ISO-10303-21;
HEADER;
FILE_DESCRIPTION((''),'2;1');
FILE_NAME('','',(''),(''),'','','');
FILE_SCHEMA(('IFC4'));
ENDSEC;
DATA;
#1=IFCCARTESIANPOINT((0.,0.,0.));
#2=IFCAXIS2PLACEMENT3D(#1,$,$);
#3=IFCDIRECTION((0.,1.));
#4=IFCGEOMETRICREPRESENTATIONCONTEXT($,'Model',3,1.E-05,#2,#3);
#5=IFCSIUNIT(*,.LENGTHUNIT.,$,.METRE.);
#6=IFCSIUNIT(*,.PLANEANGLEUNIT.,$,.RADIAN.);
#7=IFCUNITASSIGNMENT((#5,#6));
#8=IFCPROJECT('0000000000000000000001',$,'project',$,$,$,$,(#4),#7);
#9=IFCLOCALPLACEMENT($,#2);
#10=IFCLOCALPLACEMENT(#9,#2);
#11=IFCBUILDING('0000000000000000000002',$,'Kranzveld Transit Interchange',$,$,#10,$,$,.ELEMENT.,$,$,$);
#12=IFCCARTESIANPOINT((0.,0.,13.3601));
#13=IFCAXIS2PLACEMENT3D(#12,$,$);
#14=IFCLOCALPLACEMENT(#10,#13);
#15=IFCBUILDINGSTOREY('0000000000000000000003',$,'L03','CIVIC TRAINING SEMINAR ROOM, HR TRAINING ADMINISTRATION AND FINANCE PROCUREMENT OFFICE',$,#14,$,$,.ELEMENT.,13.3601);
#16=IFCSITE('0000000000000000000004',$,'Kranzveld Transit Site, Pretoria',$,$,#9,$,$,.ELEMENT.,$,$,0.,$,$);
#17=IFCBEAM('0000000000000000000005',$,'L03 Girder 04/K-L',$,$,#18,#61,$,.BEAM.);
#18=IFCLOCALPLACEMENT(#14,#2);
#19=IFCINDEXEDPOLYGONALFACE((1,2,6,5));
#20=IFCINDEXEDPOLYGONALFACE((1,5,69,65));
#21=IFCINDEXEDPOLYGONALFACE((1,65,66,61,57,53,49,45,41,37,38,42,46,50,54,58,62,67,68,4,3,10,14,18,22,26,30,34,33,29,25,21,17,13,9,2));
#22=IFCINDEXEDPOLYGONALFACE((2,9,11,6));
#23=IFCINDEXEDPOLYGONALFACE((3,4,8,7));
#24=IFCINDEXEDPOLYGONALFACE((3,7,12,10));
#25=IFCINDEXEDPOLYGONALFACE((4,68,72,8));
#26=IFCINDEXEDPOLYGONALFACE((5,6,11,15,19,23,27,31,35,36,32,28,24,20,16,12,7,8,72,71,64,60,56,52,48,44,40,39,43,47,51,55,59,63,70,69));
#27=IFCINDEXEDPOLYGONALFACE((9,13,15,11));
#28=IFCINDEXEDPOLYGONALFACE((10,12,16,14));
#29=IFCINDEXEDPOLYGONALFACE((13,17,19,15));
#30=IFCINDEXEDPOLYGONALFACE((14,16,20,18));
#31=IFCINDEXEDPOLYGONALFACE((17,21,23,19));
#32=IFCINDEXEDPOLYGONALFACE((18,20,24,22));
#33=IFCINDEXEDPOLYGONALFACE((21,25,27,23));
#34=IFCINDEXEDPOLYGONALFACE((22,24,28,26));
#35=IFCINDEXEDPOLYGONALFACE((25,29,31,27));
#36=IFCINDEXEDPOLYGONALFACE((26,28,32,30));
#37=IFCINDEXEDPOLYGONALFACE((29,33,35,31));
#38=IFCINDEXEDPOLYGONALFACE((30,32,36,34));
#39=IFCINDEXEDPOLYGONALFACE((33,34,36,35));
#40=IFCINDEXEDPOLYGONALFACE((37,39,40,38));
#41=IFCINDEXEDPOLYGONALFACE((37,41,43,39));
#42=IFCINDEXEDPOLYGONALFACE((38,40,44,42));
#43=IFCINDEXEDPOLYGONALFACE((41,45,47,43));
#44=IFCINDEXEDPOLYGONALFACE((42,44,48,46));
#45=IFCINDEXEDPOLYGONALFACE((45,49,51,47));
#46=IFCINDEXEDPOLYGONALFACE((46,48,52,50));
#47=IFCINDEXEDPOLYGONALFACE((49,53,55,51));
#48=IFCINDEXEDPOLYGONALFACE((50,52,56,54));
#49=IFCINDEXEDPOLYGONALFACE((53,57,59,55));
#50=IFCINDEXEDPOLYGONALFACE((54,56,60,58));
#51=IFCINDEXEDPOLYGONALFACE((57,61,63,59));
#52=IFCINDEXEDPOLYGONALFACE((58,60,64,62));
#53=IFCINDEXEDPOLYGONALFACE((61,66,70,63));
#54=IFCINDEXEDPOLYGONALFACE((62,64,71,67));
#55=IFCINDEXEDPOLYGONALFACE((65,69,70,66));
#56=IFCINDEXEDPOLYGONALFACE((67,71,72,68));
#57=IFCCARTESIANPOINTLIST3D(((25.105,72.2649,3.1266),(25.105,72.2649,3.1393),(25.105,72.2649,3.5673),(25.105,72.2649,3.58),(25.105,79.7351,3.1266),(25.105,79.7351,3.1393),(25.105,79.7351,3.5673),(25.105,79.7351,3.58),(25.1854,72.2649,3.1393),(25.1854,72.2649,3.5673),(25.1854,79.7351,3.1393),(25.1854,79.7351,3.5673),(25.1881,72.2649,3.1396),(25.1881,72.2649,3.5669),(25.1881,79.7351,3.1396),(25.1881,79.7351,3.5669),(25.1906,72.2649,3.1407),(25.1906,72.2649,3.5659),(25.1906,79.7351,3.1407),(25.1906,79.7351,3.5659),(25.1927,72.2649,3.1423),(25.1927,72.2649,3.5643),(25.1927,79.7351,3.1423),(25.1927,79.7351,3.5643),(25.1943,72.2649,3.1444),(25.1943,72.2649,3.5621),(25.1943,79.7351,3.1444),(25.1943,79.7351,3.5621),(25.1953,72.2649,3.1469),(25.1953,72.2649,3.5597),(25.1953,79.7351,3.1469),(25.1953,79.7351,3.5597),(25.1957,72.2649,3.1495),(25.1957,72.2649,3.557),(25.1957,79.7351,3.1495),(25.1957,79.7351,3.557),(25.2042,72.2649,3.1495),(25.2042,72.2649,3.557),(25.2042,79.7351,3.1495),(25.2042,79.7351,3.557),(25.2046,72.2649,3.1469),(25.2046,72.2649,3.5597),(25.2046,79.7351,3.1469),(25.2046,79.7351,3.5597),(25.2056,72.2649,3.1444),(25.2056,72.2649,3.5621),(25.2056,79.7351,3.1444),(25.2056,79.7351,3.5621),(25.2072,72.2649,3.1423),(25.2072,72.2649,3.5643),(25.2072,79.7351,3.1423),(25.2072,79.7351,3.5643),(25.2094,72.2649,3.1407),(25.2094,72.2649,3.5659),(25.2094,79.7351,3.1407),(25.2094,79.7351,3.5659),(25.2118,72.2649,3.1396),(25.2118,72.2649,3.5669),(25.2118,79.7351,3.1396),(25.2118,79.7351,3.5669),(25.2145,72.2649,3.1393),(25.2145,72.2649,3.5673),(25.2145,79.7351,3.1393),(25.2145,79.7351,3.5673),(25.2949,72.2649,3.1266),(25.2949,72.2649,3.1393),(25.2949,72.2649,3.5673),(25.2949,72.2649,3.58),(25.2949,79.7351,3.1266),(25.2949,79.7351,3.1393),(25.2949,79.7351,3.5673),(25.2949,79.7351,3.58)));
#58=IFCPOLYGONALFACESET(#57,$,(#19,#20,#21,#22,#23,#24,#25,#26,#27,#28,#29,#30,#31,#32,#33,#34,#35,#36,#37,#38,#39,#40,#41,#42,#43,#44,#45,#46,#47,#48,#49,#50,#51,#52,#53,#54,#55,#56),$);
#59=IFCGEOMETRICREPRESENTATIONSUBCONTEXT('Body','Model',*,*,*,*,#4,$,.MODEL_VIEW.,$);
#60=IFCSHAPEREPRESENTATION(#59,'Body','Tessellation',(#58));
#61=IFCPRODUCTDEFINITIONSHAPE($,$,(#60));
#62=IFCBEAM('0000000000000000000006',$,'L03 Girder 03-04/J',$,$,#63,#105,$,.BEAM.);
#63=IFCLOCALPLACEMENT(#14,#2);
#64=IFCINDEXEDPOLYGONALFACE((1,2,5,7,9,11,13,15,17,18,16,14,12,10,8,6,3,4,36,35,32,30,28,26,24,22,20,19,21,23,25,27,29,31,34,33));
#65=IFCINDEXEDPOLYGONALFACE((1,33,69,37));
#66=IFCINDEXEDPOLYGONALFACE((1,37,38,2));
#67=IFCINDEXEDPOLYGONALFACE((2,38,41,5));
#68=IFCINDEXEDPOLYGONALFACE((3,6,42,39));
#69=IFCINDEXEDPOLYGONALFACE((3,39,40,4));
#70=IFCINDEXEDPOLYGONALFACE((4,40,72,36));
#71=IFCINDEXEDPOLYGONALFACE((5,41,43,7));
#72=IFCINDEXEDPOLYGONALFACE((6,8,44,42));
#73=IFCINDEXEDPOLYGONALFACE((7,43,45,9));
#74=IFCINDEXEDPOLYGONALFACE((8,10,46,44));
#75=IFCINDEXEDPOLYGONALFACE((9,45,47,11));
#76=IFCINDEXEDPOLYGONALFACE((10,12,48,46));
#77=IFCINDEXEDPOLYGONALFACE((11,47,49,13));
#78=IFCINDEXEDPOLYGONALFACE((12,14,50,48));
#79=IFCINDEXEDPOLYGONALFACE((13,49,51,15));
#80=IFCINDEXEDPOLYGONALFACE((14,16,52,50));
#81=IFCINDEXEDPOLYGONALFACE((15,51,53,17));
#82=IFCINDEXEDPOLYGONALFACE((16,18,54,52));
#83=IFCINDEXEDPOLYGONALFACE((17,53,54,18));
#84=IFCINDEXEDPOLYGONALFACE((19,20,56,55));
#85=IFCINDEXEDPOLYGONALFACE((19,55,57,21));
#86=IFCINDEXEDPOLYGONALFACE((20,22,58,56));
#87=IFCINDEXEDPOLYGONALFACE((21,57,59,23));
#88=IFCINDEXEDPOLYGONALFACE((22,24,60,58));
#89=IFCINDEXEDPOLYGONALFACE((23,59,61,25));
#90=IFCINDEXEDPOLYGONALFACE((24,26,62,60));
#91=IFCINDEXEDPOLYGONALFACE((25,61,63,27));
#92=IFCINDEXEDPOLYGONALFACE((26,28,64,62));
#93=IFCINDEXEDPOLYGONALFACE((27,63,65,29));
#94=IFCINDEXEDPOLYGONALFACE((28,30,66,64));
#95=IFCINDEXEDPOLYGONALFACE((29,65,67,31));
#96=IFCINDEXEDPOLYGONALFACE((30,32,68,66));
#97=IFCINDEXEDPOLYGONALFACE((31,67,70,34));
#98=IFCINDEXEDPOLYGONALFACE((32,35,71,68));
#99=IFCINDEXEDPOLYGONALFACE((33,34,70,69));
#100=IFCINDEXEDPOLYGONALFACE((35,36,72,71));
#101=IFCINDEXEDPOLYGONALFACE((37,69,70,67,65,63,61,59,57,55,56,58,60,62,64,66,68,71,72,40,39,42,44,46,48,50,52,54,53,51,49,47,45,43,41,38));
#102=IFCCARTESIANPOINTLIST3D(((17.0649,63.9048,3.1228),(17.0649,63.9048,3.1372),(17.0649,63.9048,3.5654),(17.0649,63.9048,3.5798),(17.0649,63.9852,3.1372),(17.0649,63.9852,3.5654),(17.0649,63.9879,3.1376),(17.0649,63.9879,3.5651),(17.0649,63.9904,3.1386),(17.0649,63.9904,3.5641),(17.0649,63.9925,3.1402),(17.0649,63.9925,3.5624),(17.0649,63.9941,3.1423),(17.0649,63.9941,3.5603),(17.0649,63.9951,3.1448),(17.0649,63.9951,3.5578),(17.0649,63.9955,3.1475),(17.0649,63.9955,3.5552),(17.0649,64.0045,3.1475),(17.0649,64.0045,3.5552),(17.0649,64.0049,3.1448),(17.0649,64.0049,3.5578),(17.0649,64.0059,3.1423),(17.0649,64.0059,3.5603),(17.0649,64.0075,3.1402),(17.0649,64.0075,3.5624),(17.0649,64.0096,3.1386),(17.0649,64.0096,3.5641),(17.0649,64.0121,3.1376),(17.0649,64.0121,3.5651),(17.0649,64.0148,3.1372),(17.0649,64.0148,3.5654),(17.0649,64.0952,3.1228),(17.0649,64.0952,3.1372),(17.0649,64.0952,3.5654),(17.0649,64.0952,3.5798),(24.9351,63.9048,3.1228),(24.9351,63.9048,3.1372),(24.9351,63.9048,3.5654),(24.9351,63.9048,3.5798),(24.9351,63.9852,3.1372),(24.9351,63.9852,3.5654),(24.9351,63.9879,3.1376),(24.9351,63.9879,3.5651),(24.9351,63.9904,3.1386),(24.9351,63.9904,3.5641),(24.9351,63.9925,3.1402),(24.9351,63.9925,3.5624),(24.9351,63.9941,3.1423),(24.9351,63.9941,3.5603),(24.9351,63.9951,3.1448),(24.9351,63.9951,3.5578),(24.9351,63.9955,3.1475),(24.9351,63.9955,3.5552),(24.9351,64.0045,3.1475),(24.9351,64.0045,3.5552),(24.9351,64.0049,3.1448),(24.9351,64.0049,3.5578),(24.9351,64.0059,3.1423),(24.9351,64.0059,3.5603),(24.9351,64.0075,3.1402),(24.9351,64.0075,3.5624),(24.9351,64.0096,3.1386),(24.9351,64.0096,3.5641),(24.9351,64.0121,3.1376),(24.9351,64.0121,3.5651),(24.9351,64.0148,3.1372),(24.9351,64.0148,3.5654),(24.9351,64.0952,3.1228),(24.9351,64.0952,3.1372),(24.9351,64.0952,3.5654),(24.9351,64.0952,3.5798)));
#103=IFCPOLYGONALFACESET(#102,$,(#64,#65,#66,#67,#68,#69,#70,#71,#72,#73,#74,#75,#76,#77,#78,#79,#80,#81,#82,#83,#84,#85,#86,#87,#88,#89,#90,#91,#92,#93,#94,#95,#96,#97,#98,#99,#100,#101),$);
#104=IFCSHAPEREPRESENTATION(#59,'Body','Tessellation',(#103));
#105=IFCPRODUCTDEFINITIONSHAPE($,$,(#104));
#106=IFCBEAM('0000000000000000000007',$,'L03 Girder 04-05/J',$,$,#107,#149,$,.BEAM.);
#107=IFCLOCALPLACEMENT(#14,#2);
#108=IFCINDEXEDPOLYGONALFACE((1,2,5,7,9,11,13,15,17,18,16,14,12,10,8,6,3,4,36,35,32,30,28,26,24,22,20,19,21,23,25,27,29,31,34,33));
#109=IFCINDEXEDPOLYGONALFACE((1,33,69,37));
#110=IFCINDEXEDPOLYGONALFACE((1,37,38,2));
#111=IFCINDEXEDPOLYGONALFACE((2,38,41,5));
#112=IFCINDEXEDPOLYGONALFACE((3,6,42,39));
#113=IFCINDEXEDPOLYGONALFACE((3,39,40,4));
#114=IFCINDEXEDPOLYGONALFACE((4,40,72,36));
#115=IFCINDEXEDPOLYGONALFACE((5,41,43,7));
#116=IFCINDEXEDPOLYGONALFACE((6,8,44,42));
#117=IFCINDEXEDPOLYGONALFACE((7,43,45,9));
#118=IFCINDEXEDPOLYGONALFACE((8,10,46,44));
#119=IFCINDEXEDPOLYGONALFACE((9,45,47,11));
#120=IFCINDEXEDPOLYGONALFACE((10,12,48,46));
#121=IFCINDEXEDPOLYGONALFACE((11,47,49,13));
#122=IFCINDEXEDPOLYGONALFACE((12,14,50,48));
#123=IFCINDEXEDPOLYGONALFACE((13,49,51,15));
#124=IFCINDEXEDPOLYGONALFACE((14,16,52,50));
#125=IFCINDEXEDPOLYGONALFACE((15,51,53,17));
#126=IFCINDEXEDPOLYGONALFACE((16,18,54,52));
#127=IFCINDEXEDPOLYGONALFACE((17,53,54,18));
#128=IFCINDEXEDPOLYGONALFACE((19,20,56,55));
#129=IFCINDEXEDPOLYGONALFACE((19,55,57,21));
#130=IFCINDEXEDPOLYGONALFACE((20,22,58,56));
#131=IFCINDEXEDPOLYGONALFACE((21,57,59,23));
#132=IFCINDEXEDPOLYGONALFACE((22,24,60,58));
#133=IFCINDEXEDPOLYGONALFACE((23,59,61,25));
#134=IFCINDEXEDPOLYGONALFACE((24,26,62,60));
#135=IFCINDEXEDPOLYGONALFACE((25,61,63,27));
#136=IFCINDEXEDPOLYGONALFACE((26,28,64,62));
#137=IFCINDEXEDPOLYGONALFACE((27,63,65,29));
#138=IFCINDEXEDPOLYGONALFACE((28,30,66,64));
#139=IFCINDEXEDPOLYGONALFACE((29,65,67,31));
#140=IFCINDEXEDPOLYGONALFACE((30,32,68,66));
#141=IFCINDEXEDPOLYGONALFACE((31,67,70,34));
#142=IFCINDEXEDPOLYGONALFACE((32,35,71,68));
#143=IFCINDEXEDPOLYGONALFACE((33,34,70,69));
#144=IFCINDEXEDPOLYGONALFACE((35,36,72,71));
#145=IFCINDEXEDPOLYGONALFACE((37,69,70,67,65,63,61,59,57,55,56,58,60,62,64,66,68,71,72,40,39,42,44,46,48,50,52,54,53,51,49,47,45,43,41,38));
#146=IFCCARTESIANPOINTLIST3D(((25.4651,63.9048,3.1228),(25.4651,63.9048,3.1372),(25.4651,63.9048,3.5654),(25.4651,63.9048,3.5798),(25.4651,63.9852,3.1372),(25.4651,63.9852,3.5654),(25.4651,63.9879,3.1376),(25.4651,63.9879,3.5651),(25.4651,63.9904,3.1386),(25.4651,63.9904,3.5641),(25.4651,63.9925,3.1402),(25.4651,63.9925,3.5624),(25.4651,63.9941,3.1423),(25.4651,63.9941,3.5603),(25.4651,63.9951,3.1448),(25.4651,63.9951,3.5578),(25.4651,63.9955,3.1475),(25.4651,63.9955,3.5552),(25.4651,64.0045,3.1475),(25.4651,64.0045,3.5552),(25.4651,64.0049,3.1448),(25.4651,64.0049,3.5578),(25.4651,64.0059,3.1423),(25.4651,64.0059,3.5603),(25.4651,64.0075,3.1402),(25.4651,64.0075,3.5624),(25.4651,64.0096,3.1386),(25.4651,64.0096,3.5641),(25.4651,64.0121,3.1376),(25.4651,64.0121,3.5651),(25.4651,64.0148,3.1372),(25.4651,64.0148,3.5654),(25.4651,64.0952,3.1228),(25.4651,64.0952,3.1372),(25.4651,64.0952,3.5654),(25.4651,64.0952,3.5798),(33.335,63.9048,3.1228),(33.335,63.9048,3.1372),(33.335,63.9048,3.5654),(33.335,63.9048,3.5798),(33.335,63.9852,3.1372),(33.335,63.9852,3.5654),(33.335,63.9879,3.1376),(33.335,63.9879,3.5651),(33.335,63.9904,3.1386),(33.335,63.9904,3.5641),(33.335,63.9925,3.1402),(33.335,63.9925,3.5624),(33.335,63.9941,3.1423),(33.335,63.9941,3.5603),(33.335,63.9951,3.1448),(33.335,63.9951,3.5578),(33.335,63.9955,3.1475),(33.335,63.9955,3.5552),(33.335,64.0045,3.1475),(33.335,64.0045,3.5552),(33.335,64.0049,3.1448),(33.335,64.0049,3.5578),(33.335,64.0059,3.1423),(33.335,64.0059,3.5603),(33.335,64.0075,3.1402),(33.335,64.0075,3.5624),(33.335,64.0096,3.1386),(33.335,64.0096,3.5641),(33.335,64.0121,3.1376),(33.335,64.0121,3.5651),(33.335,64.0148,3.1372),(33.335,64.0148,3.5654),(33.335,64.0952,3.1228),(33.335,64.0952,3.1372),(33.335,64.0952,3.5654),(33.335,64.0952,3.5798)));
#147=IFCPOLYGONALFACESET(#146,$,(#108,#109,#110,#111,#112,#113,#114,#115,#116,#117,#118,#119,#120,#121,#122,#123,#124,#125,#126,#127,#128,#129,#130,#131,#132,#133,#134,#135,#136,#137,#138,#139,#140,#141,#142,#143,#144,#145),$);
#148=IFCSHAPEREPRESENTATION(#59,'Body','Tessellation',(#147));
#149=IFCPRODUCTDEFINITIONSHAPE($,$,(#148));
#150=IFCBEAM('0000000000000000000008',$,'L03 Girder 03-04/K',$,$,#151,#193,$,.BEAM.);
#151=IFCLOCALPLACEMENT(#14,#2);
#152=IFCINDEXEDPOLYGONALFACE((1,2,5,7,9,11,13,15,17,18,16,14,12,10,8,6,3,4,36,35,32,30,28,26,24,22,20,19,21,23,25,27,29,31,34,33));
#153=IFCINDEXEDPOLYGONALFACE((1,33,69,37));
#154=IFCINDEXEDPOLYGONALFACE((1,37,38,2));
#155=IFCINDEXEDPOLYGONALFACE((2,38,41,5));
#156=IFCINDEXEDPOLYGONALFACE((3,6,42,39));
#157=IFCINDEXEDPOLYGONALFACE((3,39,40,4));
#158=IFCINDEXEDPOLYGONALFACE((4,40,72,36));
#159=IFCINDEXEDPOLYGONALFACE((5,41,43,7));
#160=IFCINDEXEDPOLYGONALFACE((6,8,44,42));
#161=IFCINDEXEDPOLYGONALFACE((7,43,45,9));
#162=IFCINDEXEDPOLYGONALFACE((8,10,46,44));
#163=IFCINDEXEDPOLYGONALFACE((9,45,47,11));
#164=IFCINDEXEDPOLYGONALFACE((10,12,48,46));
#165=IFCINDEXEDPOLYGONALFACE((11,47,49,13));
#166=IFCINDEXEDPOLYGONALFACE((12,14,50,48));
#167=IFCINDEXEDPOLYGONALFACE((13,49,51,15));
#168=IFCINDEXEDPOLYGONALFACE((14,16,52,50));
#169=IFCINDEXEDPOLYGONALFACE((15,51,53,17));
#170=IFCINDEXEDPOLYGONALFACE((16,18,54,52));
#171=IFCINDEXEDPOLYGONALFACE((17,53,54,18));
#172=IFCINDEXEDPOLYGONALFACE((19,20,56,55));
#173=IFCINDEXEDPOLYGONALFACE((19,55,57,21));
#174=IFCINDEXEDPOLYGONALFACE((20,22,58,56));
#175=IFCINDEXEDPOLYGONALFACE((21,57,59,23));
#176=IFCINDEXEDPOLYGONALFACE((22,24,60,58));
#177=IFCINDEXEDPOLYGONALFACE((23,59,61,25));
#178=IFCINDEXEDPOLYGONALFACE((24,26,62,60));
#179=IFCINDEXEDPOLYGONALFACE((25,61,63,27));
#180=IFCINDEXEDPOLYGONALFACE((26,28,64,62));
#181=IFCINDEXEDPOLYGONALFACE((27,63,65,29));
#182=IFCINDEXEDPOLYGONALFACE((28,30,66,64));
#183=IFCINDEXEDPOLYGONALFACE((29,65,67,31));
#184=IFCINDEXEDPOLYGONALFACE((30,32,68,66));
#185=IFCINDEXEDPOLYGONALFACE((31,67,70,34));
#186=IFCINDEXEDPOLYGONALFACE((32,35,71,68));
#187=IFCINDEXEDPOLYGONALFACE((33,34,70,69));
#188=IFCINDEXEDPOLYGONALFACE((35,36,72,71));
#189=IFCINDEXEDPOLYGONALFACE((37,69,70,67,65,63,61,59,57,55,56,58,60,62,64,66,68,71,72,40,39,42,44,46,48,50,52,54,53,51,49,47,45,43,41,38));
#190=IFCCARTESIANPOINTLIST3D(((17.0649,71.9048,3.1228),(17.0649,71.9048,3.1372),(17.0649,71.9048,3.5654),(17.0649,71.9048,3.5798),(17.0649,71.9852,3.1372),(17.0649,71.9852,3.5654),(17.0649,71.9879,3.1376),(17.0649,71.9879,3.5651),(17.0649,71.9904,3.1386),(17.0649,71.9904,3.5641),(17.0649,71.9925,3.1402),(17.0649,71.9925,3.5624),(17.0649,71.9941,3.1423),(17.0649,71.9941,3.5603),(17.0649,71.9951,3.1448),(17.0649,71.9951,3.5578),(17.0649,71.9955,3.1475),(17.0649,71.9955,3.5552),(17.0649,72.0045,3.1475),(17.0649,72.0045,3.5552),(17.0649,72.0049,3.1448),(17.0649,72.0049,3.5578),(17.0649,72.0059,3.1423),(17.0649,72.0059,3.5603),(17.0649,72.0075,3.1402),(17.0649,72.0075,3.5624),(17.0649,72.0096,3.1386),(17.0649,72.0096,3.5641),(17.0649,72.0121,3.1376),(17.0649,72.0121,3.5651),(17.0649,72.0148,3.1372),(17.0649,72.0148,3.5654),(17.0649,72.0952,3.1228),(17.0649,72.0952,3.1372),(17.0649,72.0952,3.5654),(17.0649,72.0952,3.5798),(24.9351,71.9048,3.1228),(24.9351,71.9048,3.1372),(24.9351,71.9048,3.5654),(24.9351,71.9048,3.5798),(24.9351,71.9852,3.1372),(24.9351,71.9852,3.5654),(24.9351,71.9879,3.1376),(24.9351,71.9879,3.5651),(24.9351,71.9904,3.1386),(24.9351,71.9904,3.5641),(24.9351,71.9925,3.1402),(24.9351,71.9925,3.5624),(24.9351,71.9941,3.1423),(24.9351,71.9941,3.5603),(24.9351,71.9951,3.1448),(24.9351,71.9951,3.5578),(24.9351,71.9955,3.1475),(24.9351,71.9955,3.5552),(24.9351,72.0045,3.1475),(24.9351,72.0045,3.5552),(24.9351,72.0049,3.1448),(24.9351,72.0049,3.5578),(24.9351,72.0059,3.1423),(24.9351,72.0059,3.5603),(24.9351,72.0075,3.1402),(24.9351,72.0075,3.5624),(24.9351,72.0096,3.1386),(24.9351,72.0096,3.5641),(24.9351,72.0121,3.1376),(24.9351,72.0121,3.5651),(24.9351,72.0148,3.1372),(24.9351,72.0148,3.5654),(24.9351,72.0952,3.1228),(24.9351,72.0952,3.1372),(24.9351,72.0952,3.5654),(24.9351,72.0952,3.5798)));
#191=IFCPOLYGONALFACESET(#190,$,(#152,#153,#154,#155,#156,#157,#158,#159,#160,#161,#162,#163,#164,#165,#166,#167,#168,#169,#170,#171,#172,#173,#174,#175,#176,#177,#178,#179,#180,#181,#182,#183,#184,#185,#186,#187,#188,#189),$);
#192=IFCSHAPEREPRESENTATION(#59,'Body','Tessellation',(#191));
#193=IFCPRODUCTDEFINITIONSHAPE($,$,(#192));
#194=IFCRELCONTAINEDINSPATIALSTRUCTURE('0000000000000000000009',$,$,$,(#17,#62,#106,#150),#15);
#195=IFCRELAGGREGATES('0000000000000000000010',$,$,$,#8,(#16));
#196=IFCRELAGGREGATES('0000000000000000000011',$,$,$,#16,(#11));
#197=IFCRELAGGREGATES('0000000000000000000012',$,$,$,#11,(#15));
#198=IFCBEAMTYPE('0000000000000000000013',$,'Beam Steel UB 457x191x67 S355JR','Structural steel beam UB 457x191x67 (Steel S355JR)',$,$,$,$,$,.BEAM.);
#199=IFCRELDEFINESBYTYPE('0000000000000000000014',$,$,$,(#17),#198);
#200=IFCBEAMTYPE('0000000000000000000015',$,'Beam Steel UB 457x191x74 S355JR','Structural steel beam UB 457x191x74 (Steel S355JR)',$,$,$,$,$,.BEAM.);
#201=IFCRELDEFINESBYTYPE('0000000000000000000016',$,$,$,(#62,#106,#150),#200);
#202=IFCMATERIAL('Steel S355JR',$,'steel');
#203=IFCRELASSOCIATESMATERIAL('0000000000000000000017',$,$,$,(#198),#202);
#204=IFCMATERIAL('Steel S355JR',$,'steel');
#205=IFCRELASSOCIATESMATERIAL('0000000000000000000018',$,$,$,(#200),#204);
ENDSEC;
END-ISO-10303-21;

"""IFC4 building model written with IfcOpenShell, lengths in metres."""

from ifc_helpers import new_model, si_unit, direction, frame, origin, origin_2d, place, context, subcontext, project, spatial, i_section, extrude, material, material_profile, profile_set, type_object, element, save


model = new_model("IFC4")

# Units and contexts
model_context = context("Model", 3, precision=1e-05, world=origin(), true_north=direction((0.0, 1.0)))
body_context = subcontext(model_context, "Body", "Model", "MODEL_VIEW")
ifc_project = project(units=[si_unit("LENGTHUNIT", "METRE"), si_unit("PLANEANGLEUNIT", "RADIAN")], contexts=[model_context])

# Site, building, storey
site_placement = place(None, origin())
site = spatial("IfcSite", under=ifc_project, at=site_placement, Name="Kranzveld Transit Site, Pretoria", CompositionType="ELEMENT", RefElevation=0.0)
building_placement = place(site_placement, origin())
building = spatial("IfcBuilding", under=site, at=building_placement, Name="Kranzveld Transit Interchange", CompositionType="ELEMENT")
storey_placement = place(building_placement, frame((0.0, 0.0, 13.3601)))
storey = spatial("IfcBuildingStorey", under=building, at=storey_placement, Name="L03", Description="CIVIC TRAINING SEMINAR ROOM, HR TRAINING ADMINISTRATION AND FINANCE PROCUREMENT OFFICE", CompositionType="ELEMENT", Elevation=13.3601)

# Beams
ifc_material_1 = material(Name="Steel S355JR", Category="steel")
ifc_material_profile_1 = material_profile(ifc_material_1, i_section(OverallWidth=0.1899, OverallDepth=0.4534, WebThickness=0.0085, FlangeThickness=0.0127, FilletRadius=0.0103, at=origin_2d()), Name="UB 457x191x67")
ifc_profile_set_1 = profile_set([ifc_material_profile_1], Name="Steel S355JR")
beam_type_1 = type_object("IfcBeamType", Name="Beam Steel UB 457x191x67 S355JR", Description="Structural steel beam UB 457x191x67 (Steel S355JR)", PredefinedType="BEAM", material=ifc_profile_set_1)
for number, where, z_axis, x_axis, name in (
    (1, (25.2, 72.2649, 3.3533), (0.0, 1.0, 0.0), (-1.0, 0.0, 0.0), "L03 Girder 04/K-L"),
):
    element("IfcBeam", number, at=place(storey_placement, frame(where, z_axis=z_axis, x_axis=x_axis)), inside=storey, type_object=beam_type_1, Name=name, PredefinedType="BEAM", context=body_context, shape_type="SweptSolid", body=[
        extrude(i_section(OverallWidth=0.1899, OverallDepth=0.4534, WebThickness=0.0085, FlangeThickness=0.0127, FilletRadius=0.0103, at=origin_2d()), origin(), (0.0, 0.0, 1.0), 7.4702),
    ])
ifc_material_2 = material(Name="Steel S355JR", Category="steel")
ifc_material_profile_2 = material_profile(ifc_material_2, i_section(OverallWidth=0.1904, OverallDepth=0.457, WebThickness=0.009, FlangeThickness=0.0144, FilletRadius=0.0103, at=origin_2d()), Name="UB 457x191x74")
ifc_profile_set_2 = profile_set([ifc_material_profile_2], Name="Steel S355JR")
beam_type_2 = type_object("IfcBeamType", Name="Beam Steel UB 457x191x74 S355JR", Description="Structural steel beam UB 457x191x74 (Steel S355JR)", PredefinedType="BEAM", material=ifc_profile_set_2)
beam_1_placement = place(storey_placement, frame((17.0649, 64.0, 3.3513), z_axis=(1.0, 0.0, 0.0), x_axis=(0.0, 1.0, 0.0)))
element("IfcBeam", 2, at=beam_1_placement, inside=storey, type_object=beam_type_2, Name="L03 Girder 03-04/J", PredefinedType="BEAM", context=body_context, shape_type="SweptSolid", body=[
    extrude(i_section(OverallWidth=0.1904, OverallDepth=0.457, WebThickness=0.009, FlangeThickness=0.0144, FilletRadius=0.0103, at=origin_2d()), origin(), (0.0, 0.0, 1.0), 7.8701),
])
beam_2_placement = place(storey_placement, frame((25.4651, 64.0, 3.3513), z_axis=(1.0, 0.0, 0.0), x_axis=(0.0, 1.0, 0.0)))
element("IfcBeam", 3, at=beam_2_placement, inside=storey, type_object=beam_type_2, Name="L03 Girder 04-05/J", PredefinedType="BEAM", context=body_context, shape_type="SweptSolid", body=[
    extrude(i_section(OverallWidth=0.1904, OverallDepth=0.457, WebThickness=0.009, FlangeThickness=0.0144, FilletRadius=0.0103, at=origin_2d()), origin(), (0.0, 0.0, 1.0), 7.8699),
])
beam_3_placement = place(storey_placement, frame((17.0649, 72.0, 3.3513), z_axis=(1.0, 0.0, 0.0), x_axis=(0.0, 1.0, 0.0)))
element("IfcBeam", 4, at=beam_3_placement, inside=storey, type_object=beam_type_2, Name="L03 Girder 03-04/K", PredefinedType="BEAM", context=body_context, shape_type="SweptSolid", body=[
    extrude(i_section(OverallWidth=0.1904, OverallDepth=0.457, WebThickness=0.009, FlangeThickness=0.0144, FilletRadius=0.0103, at=origin_2d()), origin(), (0.0, 0.0, 1.0), 7.8701),
])

save(model, "model.ifc")
